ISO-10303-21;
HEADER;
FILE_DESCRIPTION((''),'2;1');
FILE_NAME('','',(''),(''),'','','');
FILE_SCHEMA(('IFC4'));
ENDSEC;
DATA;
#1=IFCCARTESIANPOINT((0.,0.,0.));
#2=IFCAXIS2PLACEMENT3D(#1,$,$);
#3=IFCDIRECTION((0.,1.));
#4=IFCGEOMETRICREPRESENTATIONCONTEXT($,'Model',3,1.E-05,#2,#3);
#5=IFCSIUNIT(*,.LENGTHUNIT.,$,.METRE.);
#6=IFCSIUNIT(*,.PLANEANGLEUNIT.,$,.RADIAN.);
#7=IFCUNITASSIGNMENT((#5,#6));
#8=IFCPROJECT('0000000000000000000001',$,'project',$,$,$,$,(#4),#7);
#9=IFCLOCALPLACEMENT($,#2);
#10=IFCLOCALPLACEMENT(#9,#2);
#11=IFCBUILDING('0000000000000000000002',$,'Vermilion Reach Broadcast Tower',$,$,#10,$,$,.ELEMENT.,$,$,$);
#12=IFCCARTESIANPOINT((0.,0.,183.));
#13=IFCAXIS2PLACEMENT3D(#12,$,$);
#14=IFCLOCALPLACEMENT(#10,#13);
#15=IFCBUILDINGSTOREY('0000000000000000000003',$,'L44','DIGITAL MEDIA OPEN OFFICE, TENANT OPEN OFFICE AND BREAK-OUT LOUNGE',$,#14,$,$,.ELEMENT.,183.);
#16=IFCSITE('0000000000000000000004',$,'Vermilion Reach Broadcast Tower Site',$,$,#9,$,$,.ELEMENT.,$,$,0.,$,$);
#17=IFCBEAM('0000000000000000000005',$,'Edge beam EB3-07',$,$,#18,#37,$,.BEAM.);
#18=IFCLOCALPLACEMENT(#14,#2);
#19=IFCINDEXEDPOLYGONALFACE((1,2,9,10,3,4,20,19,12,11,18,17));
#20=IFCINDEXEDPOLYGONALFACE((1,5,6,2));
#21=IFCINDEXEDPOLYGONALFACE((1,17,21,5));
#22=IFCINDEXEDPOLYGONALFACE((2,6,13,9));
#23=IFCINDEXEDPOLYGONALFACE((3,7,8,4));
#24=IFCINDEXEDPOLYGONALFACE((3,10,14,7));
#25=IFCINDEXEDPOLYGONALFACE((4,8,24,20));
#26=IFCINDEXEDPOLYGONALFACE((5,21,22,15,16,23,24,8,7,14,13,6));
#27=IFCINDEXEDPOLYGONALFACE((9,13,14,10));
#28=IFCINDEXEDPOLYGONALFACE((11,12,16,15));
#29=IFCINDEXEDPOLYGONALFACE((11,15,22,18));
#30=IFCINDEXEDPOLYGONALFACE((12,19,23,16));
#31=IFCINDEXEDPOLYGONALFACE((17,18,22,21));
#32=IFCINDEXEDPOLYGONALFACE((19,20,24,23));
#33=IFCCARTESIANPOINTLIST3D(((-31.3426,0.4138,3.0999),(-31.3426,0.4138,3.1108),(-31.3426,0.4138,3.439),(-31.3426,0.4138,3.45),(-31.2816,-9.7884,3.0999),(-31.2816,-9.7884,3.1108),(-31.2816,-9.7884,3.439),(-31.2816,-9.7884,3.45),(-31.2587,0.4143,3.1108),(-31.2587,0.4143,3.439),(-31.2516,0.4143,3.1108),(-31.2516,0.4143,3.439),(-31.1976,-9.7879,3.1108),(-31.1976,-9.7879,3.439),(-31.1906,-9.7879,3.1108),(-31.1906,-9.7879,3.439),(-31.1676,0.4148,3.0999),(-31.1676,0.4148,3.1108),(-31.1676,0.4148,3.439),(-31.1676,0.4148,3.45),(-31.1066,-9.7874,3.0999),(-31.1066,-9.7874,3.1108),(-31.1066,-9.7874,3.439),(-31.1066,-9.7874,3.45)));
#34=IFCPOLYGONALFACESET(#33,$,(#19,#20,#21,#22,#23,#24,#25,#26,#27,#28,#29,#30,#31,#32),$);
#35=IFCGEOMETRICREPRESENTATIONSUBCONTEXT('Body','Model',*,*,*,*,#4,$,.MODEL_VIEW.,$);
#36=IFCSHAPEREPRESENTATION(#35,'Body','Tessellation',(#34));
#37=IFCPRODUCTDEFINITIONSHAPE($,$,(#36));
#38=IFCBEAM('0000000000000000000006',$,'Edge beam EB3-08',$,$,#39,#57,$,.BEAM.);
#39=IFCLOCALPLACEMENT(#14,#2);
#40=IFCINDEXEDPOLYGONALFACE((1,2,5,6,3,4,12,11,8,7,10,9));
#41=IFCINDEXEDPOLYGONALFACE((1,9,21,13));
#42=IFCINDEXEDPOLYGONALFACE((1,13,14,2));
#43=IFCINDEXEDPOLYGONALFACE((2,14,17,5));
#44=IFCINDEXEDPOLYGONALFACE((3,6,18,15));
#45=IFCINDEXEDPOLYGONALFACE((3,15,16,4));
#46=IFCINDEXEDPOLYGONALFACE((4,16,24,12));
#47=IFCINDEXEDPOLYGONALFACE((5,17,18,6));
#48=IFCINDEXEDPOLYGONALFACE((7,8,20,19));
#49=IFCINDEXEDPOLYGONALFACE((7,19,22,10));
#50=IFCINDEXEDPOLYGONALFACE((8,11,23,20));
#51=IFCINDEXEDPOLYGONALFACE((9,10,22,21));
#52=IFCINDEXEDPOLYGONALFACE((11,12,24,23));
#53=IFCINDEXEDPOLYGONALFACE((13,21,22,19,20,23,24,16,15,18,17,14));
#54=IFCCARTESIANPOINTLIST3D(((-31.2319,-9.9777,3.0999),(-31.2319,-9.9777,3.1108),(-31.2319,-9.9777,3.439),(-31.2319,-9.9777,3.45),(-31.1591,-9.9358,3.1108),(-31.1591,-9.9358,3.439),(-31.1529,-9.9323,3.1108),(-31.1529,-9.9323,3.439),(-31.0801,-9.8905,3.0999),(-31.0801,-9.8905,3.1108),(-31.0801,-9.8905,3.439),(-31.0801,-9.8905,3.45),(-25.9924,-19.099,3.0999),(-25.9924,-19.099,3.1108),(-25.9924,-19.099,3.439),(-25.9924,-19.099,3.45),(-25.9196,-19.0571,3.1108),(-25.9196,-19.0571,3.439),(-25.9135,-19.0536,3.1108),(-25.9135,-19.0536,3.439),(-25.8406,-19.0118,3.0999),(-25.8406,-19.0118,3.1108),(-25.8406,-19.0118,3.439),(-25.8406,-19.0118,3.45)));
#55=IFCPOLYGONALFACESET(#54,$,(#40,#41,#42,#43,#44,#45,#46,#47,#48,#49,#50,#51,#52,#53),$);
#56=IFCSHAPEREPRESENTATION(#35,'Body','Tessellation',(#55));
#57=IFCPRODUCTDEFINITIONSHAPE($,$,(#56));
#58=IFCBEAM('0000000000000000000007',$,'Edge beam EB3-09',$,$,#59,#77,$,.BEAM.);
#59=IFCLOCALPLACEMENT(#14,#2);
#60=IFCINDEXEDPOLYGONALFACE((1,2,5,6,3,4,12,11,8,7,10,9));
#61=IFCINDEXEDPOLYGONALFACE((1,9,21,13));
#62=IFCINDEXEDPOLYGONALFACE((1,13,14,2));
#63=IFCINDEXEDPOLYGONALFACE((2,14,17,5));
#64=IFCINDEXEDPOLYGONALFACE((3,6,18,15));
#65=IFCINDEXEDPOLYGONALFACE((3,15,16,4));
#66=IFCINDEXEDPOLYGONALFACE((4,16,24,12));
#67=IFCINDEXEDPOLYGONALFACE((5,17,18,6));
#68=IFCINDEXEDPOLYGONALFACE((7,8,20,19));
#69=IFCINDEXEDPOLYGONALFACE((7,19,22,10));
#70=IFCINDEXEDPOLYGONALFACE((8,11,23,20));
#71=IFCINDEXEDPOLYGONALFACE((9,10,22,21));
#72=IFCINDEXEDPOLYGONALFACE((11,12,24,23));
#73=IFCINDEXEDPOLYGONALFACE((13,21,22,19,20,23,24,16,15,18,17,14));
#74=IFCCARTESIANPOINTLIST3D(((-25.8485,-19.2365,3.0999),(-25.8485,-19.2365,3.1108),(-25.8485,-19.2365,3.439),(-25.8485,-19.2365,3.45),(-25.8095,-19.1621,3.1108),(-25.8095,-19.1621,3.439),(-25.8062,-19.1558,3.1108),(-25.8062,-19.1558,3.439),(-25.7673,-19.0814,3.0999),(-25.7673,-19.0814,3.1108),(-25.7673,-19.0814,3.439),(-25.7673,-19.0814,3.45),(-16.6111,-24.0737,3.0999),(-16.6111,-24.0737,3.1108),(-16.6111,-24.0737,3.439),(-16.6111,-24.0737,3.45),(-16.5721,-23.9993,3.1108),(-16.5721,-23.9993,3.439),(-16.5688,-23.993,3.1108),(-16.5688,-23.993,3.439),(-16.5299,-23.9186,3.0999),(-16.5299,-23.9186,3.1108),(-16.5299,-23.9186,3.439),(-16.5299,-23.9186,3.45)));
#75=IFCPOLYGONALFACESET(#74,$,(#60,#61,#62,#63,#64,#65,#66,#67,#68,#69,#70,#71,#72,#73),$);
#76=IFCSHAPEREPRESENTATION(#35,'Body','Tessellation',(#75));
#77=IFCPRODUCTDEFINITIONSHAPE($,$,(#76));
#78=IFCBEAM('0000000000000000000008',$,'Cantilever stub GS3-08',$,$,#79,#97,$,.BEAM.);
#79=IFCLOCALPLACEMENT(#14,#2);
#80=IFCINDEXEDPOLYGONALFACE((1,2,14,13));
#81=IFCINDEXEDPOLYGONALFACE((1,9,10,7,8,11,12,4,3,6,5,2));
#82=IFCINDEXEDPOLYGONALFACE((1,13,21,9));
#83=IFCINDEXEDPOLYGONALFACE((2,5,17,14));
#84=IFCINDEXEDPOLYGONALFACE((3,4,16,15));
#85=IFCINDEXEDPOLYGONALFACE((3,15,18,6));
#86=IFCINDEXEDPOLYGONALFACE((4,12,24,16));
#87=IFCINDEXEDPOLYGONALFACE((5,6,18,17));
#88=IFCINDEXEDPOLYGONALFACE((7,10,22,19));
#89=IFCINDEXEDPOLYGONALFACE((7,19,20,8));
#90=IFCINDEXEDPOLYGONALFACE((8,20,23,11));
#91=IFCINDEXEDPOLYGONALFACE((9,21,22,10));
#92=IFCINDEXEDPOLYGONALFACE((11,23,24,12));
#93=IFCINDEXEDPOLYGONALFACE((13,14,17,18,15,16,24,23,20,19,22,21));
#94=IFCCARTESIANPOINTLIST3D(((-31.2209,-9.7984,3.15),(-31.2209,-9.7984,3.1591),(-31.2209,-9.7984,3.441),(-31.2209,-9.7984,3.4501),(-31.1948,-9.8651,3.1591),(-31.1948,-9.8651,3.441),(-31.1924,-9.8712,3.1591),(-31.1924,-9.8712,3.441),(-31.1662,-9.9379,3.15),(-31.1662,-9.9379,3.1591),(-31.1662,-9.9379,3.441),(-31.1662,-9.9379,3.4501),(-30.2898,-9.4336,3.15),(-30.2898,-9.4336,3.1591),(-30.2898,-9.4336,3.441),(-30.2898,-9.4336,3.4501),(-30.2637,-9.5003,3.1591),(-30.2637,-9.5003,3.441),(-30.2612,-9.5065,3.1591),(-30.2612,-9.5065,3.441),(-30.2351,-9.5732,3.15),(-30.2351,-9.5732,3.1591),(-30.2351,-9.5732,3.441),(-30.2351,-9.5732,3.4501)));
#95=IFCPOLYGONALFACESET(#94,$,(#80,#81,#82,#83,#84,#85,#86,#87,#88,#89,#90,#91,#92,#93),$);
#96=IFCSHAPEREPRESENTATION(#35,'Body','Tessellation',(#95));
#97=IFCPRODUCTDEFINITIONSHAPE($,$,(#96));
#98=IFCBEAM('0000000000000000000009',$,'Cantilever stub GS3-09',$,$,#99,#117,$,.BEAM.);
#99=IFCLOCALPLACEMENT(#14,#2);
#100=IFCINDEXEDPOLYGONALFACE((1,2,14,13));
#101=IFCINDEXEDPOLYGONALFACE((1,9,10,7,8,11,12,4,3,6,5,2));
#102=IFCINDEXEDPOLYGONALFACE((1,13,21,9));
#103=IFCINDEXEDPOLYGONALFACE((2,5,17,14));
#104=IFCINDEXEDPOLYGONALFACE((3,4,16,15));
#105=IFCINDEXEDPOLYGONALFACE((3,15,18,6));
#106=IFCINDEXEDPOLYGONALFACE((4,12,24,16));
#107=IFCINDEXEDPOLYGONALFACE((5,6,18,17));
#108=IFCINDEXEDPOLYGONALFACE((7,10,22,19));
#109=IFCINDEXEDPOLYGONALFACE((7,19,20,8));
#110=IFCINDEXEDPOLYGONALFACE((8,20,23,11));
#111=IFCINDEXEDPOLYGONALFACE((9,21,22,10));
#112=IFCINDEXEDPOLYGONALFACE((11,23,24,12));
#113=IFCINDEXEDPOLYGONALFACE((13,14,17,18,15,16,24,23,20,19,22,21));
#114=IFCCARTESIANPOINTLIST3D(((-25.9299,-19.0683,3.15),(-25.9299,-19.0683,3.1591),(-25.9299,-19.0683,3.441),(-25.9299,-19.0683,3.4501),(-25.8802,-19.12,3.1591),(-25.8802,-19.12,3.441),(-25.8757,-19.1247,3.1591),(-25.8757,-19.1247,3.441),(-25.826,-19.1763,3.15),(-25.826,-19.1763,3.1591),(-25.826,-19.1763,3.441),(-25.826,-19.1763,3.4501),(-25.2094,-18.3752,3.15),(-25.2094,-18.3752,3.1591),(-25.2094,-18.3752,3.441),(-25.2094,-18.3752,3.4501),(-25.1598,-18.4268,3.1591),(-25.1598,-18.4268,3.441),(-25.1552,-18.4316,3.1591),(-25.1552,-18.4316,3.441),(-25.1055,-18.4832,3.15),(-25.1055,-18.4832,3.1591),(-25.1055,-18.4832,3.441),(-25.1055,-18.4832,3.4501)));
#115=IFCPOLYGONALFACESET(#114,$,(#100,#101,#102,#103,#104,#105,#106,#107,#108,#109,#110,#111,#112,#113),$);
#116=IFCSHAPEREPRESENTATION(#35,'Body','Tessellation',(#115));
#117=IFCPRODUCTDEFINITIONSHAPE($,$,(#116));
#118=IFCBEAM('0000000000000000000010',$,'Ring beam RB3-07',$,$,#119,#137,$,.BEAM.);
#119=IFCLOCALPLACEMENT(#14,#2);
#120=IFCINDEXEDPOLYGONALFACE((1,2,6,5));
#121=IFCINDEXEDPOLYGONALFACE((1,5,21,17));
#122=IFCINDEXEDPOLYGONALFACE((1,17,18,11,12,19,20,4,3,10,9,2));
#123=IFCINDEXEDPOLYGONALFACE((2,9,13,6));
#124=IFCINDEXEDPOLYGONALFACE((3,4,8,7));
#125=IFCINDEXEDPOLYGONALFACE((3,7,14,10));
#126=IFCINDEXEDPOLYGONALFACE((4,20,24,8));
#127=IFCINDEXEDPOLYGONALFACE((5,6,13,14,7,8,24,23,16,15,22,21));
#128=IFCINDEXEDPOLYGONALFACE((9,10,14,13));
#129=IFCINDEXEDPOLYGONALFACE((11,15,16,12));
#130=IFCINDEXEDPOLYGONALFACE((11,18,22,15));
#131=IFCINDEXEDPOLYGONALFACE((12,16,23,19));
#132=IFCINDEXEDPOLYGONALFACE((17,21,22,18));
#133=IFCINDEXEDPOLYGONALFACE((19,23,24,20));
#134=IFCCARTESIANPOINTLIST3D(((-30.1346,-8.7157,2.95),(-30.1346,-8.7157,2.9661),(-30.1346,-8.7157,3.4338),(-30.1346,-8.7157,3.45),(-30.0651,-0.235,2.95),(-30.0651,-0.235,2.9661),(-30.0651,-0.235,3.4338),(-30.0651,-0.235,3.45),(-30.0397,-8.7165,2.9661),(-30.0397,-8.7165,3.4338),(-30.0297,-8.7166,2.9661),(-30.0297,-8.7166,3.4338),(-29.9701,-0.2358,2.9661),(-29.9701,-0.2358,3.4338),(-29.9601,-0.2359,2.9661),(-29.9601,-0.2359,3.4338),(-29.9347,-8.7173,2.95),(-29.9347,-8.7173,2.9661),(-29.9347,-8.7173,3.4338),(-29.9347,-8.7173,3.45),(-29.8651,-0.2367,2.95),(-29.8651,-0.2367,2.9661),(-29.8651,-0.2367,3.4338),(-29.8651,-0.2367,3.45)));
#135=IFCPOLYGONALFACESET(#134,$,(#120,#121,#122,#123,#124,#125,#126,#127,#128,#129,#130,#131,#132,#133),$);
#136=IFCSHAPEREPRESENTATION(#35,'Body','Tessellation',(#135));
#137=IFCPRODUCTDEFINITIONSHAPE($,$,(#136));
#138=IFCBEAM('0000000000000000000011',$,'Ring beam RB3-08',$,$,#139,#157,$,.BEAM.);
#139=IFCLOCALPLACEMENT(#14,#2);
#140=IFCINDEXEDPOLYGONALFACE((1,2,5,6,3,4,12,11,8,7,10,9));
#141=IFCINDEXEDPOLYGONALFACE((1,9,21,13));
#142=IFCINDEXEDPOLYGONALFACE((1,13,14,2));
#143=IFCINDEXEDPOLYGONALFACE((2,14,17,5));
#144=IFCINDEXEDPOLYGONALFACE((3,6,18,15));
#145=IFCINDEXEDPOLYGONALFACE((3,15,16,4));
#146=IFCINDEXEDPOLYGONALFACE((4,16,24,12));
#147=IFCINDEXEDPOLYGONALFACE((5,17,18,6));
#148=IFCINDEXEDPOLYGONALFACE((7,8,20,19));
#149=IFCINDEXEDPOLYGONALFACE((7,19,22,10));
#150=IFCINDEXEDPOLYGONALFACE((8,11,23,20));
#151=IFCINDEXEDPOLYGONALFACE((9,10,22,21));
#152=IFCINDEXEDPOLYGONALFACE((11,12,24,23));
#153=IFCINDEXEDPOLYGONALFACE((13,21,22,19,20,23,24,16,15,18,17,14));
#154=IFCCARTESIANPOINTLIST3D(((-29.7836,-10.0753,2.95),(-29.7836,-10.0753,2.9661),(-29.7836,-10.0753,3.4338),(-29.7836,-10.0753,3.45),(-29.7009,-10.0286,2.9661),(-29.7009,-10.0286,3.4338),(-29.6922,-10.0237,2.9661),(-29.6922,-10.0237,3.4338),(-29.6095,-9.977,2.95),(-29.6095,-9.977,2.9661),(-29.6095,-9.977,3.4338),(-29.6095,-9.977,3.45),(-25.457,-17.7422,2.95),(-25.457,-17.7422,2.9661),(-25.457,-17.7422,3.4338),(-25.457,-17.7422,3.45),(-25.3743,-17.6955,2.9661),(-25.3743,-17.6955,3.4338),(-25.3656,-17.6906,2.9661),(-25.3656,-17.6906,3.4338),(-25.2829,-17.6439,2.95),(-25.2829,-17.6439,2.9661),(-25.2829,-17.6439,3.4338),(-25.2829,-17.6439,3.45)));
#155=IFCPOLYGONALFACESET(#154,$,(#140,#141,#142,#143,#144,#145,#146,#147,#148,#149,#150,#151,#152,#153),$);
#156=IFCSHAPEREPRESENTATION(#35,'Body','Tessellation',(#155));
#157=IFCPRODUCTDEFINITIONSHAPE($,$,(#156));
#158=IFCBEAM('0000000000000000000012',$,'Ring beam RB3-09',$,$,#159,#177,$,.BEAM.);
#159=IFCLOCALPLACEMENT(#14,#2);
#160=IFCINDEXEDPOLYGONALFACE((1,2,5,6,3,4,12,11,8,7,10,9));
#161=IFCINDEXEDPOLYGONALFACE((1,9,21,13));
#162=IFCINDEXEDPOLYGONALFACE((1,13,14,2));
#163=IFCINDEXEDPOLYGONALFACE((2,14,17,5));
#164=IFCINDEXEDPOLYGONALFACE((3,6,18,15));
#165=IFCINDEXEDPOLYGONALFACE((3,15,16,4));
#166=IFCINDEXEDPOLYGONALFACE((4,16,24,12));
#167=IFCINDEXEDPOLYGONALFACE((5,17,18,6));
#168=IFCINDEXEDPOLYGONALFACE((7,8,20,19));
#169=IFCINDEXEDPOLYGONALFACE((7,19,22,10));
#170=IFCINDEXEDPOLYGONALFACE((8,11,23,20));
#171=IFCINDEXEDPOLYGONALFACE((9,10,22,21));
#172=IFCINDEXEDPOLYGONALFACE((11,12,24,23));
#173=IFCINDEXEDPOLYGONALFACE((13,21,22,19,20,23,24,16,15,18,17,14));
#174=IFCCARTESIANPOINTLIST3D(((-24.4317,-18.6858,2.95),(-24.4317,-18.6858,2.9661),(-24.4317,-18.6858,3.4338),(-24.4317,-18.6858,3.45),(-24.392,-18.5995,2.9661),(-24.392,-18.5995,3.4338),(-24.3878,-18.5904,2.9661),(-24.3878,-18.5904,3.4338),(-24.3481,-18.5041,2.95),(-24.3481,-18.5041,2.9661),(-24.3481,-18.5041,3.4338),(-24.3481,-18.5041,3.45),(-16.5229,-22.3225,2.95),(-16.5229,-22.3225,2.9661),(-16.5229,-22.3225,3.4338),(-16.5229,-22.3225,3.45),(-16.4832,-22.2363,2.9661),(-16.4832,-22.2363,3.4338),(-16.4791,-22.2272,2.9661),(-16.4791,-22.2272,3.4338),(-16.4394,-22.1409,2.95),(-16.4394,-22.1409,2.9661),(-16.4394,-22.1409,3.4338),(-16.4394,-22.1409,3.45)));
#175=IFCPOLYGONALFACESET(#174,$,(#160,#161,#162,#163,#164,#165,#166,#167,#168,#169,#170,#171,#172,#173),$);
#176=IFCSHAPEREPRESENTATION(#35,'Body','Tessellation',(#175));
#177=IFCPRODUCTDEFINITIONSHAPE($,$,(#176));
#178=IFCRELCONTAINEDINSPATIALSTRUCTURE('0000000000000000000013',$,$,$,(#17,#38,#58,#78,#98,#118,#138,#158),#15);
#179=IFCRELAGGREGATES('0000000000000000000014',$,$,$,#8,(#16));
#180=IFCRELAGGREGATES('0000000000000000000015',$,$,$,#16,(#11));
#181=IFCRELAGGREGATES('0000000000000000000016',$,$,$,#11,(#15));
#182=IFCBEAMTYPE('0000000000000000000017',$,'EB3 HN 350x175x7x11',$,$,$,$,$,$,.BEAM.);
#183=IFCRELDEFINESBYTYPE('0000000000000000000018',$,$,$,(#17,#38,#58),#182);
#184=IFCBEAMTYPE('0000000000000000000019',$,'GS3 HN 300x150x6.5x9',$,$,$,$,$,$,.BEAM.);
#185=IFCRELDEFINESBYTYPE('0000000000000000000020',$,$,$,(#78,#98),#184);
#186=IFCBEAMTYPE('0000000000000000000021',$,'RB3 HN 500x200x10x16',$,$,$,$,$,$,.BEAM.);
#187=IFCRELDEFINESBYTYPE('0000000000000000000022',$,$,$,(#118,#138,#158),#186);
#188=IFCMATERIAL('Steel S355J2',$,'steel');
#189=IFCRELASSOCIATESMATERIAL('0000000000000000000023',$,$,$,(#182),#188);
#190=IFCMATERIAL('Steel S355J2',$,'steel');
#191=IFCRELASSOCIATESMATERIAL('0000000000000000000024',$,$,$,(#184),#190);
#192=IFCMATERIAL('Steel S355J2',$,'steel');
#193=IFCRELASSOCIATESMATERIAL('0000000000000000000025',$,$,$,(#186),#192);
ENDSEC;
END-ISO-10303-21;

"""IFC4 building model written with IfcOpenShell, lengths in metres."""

from ifc_helpers import new_model, si_unit, direction, frame, origin, origin_2d, place, context, subcontext, project, spatial, i_section, extrude, material, material_profile, profile_set, type_object, element, save


model = new_model("IFC4")

# Units and contexts
model_context = context("Model", 3, precision=1e-05, world=origin(), true_north=direction((0.0, 1.0)))
body_context = subcontext(model_context, "Body", "Model", "MODEL_VIEW")
ifc_project = project(units=[si_unit("LENGTHUNIT", "METRE"), si_unit("PLANEANGLEUNIT", "RADIAN")], contexts=[model_context])

# Site, building, storey
site_placement = place(None, origin())
site = spatial("IfcSite", under=ifc_project, at=site_placement, Name="Vermilion Reach Broadcast Tower Site", CompositionType="ELEMENT", RefElevation=0.0)
building_placement = place(site_placement, origin())
building = spatial("IfcBuilding", under=site, at=building_placement, Name="Vermilion Reach Broadcast Tower", CompositionType="ELEMENT")
storey_placement = place(building_placement, frame((0.0, 0.0, 183.0)))
storey = spatial("IfcBuildingStorey", under=building, at=storey_placement, Name="L44", Description="DIGITAL MEDIA OPEN OFFICE, TENANT OPEN OFFICE AND BREAK-OUT LOUNGE", CompositionType="ELEMENT", Elevation=183.0)

# Beams
ifc_material_1 = material(Name="Steel S355J2", Category="steel")
ifc_material_profile_1 = material_profile(ifc_material_1, i_section(OverallWidth=0.175, OverallDepth=0.3501, WebThickness=0.0071, FlangeThickness=0.011, at=origin_2d()), Name="S355J2 HN 350x175x7x11")
ifc_profile_set_1 = profile_set([ifc_material_profile_1], Name="Steel S355J2")
beam_type_1 = type_object("IfcBeamType", Name="EB3 HN 350x175x7x11", PredefinedType="BEAM", material=ifc_profile_set_1)
beam_1_placement = place(storey_placement, frame((-31.2551, 0.4143, 3.2749), z_axis=(0.005982, -0.999982, 0.0), x_axis=(0.999982, 0.005982, 0.0)))
element("IfcBeam", 1, at=beam_1_placement, inside=storey, type_object=beam_type_1, Name="Edge beam EB3-07", PredefinedType="BEAM", context=body_context, shape_type="SweptSolid", body=[
    extrude(i_section(OverallWidth=0.175, OverallDepth=0.3501, WebThickness=0.0071, FlangeThickness=0.011, at=origin_2d()), origin(), (0.0, 0.0, 1.0), 10.2024),
])
beam_2_placement = place(storey_placement, frame((-31.156, -9.9341, 3.2749), z_axis=(0.498095, -0.867123, 0.0), x_axis=(0.867123, 0.498095, 0.0)))
element("IfcBeam", 2, at=beam_2_placement, inside=storey, type_object=beam_type_1, Name="Edge beam EB3-08", PredefinedType="BEAM", context=body_context, shape_type="SweptSolid", body=[
    extrude(i_section(OverallWidth=0.175, OverallDepth=0.3501, WebThickness=0.0071, FlangeThickness=0.011, at=origin_2d()), origin(), (0.0, 0.0, 1.0), 10.519),
])
beam_3_placement = place(storey_placement, frame((-25.8079, -19.1589, 3.2749), z_axis=(0.885888, -0.463899, 0.0), x_axis=(0.463899, 0.885888, 0.0)))
element("IfcBeam", 3, at=beam_3_placement, inside=storey, type_object=beam_type_1, Name="Edge beam EB3-09", PredefinedType="BEAM", context=body_context, shape_type="SweptSolid", body=[
    extrude(i_section(OverallWidth=0.175, OverallDepth=0.3501, WebThickness=0.0071, FlangeThickness=0.011, at=origin_2d()), origin(), (0.0, 0.0, 1.0), 10.4272),
])
ifc_material_2 = material(Name="Steel S355J2", Category="steel")
ifc_material_profile_2 = material_profile(ifc_material_2, i_section(OverallWidth=0.1499, OverallDepth=0.3, WebThickness=0.0066, FlangeThickness=0.009, at=origin_2d()), Name="S355J2 HN 300x150x6.5x9")
ifc_profile_set_2 = profile_set([ifc_material_profile_2], Name="Steel S355J2")
beam_type_2 = type_object("IfcBeamType", Name="GS3 HN 300x150x6.5x9", PredefinedType="BEAM", material=ifc_profile_set_2)
beam_4_placement = place(storey_placement, frame((-30.2625, -9.5034, 3.3), z_axis=(-0.931113, -0.364731, 0.0), x_axis=(0.364731, -0.931113, 0.0)))
element("IfcBeam", 4, at=beam_4_placement, inside=storey, type_object=beam_type_2, Name="Cantilever stub GS3-08", PredefinedType="BEAM", context=body_context, shape_type="SweptSolid", body=[
    extrude(i_section(OverallWidth=0.1499, OverallDepth=0.3, WebThickness=0.0066, FlangeThickness=0.009, at=origin_2d()), origin(), (0.0, 0.0, 1.0), 1.0),
])
beam_5_placement = place(storey_placement, frame((-25.1575, -18.4292, 3.3), z_axis=(-0.72065, -0.693299, 0.0), x_axis=(0.693299, -0.72065, 0.0)))
element("IfcBeam", 5, at=beam_5_placement, inside=storey, type_object=beam_type_2, Name="Cantilever stub GS3-09", PredefinedType="BEAM", context=body_context, shape_type="SweptSolid", body=[
    extrude(i_section(OverallWidth=0.1499, OverallDepth=0.3, WebThickness=0.0066, FlangeThickness=0.009, at=origin_2d()), origin(), (0.0, 0.0, 1.0), 0.9998),
])
ifc_material_3 = material(Name="Steel S355J2", Category="steel")
ifc_material_profile_3 = material_profile(ifc_material_3, i_section(OverallWidth=0.2, OverallDepth=0.5, WebThickness=0.01, FlangeThickness=0.0161, at=origin_2d()), Name="S355J2 HN 500x200x10x16")
ifc_profile_set_3 = profile_set([ifc_material_profile_3], Name="Steel S355J2")
beam_type_3 = type_object("IfcBeamType", Name="RB3 HN 500x200x10x16", PredefinedType="BEAM", material=ifc_profile_set_3)
beam_6_placement = place(storey_placement, frame((-29.9651, -0.2358, 3.2), z_axis=(-0.008204, -0.999966, 0.0), x_axis=(0.999966, -0.008204, 0.0)))
element("IfcBeam", 6, at=beam_6_placement, inside=storey, type_object=beam_type_3, Name="Ring beam RB3-07", PredefinedType="BEAM", context=body_context, shape_type="SweptSolid", body=[
    extrude(i_section(OverallWidth=0.2, OverallDepth=0.5, WebThickness=0.01, FlangeThickness=0.0161, at=origin_2d()), origin(), (0.0, 0.0, 1.0), 8.481),
])
beam_7_placement = place(storey_placement, frame((-29.6965, -10.0261, 3.2), z_axis=(0.491467, -0.870896, 0.0), x_axis=(0.870896, 0.491467, 0.0)))
element("IfcBeam", 7, at=beam_7_placement, inside=storey, type_object=beam_type_3, Name="Ring beam RB3-08", PredefinedType="BEAM", context=body_context, shape_type="SweptSolid", body=[
    extrude(i_section(OverallWidth=0.2, OverallDepth=0.5, WebThickness=0.01, FlangeThickness=0.0161, at=origin_2d()), origin(), (0.0, 0.0, 1.0), 8.8035),
])
beam_8_placement = place(storey_placement, frame((-24.3899, -18.595, 3.2), z_axis=(0.908546, -0.417784, 0.0), x_axis=(0.417784, 0.908546, 0.0)))
element("IfcBeam", 8, at=beam_8_placement, inside=storey, type_object=beam_type_3, Name="Ring beam RB3-09", PredefinedType="BEAM", context=body_context, shape_type="SweptSolid", body=[
    extrude(i_section(OverallWidth=0.2, OverallDepth=0.5, WebThickness=0.01, FlangeThickness=0.0161, at=origin_2d()), origin(), (0.0, 0.0, 1.0), 8.7048),
])

save(model, "model.ifc")
